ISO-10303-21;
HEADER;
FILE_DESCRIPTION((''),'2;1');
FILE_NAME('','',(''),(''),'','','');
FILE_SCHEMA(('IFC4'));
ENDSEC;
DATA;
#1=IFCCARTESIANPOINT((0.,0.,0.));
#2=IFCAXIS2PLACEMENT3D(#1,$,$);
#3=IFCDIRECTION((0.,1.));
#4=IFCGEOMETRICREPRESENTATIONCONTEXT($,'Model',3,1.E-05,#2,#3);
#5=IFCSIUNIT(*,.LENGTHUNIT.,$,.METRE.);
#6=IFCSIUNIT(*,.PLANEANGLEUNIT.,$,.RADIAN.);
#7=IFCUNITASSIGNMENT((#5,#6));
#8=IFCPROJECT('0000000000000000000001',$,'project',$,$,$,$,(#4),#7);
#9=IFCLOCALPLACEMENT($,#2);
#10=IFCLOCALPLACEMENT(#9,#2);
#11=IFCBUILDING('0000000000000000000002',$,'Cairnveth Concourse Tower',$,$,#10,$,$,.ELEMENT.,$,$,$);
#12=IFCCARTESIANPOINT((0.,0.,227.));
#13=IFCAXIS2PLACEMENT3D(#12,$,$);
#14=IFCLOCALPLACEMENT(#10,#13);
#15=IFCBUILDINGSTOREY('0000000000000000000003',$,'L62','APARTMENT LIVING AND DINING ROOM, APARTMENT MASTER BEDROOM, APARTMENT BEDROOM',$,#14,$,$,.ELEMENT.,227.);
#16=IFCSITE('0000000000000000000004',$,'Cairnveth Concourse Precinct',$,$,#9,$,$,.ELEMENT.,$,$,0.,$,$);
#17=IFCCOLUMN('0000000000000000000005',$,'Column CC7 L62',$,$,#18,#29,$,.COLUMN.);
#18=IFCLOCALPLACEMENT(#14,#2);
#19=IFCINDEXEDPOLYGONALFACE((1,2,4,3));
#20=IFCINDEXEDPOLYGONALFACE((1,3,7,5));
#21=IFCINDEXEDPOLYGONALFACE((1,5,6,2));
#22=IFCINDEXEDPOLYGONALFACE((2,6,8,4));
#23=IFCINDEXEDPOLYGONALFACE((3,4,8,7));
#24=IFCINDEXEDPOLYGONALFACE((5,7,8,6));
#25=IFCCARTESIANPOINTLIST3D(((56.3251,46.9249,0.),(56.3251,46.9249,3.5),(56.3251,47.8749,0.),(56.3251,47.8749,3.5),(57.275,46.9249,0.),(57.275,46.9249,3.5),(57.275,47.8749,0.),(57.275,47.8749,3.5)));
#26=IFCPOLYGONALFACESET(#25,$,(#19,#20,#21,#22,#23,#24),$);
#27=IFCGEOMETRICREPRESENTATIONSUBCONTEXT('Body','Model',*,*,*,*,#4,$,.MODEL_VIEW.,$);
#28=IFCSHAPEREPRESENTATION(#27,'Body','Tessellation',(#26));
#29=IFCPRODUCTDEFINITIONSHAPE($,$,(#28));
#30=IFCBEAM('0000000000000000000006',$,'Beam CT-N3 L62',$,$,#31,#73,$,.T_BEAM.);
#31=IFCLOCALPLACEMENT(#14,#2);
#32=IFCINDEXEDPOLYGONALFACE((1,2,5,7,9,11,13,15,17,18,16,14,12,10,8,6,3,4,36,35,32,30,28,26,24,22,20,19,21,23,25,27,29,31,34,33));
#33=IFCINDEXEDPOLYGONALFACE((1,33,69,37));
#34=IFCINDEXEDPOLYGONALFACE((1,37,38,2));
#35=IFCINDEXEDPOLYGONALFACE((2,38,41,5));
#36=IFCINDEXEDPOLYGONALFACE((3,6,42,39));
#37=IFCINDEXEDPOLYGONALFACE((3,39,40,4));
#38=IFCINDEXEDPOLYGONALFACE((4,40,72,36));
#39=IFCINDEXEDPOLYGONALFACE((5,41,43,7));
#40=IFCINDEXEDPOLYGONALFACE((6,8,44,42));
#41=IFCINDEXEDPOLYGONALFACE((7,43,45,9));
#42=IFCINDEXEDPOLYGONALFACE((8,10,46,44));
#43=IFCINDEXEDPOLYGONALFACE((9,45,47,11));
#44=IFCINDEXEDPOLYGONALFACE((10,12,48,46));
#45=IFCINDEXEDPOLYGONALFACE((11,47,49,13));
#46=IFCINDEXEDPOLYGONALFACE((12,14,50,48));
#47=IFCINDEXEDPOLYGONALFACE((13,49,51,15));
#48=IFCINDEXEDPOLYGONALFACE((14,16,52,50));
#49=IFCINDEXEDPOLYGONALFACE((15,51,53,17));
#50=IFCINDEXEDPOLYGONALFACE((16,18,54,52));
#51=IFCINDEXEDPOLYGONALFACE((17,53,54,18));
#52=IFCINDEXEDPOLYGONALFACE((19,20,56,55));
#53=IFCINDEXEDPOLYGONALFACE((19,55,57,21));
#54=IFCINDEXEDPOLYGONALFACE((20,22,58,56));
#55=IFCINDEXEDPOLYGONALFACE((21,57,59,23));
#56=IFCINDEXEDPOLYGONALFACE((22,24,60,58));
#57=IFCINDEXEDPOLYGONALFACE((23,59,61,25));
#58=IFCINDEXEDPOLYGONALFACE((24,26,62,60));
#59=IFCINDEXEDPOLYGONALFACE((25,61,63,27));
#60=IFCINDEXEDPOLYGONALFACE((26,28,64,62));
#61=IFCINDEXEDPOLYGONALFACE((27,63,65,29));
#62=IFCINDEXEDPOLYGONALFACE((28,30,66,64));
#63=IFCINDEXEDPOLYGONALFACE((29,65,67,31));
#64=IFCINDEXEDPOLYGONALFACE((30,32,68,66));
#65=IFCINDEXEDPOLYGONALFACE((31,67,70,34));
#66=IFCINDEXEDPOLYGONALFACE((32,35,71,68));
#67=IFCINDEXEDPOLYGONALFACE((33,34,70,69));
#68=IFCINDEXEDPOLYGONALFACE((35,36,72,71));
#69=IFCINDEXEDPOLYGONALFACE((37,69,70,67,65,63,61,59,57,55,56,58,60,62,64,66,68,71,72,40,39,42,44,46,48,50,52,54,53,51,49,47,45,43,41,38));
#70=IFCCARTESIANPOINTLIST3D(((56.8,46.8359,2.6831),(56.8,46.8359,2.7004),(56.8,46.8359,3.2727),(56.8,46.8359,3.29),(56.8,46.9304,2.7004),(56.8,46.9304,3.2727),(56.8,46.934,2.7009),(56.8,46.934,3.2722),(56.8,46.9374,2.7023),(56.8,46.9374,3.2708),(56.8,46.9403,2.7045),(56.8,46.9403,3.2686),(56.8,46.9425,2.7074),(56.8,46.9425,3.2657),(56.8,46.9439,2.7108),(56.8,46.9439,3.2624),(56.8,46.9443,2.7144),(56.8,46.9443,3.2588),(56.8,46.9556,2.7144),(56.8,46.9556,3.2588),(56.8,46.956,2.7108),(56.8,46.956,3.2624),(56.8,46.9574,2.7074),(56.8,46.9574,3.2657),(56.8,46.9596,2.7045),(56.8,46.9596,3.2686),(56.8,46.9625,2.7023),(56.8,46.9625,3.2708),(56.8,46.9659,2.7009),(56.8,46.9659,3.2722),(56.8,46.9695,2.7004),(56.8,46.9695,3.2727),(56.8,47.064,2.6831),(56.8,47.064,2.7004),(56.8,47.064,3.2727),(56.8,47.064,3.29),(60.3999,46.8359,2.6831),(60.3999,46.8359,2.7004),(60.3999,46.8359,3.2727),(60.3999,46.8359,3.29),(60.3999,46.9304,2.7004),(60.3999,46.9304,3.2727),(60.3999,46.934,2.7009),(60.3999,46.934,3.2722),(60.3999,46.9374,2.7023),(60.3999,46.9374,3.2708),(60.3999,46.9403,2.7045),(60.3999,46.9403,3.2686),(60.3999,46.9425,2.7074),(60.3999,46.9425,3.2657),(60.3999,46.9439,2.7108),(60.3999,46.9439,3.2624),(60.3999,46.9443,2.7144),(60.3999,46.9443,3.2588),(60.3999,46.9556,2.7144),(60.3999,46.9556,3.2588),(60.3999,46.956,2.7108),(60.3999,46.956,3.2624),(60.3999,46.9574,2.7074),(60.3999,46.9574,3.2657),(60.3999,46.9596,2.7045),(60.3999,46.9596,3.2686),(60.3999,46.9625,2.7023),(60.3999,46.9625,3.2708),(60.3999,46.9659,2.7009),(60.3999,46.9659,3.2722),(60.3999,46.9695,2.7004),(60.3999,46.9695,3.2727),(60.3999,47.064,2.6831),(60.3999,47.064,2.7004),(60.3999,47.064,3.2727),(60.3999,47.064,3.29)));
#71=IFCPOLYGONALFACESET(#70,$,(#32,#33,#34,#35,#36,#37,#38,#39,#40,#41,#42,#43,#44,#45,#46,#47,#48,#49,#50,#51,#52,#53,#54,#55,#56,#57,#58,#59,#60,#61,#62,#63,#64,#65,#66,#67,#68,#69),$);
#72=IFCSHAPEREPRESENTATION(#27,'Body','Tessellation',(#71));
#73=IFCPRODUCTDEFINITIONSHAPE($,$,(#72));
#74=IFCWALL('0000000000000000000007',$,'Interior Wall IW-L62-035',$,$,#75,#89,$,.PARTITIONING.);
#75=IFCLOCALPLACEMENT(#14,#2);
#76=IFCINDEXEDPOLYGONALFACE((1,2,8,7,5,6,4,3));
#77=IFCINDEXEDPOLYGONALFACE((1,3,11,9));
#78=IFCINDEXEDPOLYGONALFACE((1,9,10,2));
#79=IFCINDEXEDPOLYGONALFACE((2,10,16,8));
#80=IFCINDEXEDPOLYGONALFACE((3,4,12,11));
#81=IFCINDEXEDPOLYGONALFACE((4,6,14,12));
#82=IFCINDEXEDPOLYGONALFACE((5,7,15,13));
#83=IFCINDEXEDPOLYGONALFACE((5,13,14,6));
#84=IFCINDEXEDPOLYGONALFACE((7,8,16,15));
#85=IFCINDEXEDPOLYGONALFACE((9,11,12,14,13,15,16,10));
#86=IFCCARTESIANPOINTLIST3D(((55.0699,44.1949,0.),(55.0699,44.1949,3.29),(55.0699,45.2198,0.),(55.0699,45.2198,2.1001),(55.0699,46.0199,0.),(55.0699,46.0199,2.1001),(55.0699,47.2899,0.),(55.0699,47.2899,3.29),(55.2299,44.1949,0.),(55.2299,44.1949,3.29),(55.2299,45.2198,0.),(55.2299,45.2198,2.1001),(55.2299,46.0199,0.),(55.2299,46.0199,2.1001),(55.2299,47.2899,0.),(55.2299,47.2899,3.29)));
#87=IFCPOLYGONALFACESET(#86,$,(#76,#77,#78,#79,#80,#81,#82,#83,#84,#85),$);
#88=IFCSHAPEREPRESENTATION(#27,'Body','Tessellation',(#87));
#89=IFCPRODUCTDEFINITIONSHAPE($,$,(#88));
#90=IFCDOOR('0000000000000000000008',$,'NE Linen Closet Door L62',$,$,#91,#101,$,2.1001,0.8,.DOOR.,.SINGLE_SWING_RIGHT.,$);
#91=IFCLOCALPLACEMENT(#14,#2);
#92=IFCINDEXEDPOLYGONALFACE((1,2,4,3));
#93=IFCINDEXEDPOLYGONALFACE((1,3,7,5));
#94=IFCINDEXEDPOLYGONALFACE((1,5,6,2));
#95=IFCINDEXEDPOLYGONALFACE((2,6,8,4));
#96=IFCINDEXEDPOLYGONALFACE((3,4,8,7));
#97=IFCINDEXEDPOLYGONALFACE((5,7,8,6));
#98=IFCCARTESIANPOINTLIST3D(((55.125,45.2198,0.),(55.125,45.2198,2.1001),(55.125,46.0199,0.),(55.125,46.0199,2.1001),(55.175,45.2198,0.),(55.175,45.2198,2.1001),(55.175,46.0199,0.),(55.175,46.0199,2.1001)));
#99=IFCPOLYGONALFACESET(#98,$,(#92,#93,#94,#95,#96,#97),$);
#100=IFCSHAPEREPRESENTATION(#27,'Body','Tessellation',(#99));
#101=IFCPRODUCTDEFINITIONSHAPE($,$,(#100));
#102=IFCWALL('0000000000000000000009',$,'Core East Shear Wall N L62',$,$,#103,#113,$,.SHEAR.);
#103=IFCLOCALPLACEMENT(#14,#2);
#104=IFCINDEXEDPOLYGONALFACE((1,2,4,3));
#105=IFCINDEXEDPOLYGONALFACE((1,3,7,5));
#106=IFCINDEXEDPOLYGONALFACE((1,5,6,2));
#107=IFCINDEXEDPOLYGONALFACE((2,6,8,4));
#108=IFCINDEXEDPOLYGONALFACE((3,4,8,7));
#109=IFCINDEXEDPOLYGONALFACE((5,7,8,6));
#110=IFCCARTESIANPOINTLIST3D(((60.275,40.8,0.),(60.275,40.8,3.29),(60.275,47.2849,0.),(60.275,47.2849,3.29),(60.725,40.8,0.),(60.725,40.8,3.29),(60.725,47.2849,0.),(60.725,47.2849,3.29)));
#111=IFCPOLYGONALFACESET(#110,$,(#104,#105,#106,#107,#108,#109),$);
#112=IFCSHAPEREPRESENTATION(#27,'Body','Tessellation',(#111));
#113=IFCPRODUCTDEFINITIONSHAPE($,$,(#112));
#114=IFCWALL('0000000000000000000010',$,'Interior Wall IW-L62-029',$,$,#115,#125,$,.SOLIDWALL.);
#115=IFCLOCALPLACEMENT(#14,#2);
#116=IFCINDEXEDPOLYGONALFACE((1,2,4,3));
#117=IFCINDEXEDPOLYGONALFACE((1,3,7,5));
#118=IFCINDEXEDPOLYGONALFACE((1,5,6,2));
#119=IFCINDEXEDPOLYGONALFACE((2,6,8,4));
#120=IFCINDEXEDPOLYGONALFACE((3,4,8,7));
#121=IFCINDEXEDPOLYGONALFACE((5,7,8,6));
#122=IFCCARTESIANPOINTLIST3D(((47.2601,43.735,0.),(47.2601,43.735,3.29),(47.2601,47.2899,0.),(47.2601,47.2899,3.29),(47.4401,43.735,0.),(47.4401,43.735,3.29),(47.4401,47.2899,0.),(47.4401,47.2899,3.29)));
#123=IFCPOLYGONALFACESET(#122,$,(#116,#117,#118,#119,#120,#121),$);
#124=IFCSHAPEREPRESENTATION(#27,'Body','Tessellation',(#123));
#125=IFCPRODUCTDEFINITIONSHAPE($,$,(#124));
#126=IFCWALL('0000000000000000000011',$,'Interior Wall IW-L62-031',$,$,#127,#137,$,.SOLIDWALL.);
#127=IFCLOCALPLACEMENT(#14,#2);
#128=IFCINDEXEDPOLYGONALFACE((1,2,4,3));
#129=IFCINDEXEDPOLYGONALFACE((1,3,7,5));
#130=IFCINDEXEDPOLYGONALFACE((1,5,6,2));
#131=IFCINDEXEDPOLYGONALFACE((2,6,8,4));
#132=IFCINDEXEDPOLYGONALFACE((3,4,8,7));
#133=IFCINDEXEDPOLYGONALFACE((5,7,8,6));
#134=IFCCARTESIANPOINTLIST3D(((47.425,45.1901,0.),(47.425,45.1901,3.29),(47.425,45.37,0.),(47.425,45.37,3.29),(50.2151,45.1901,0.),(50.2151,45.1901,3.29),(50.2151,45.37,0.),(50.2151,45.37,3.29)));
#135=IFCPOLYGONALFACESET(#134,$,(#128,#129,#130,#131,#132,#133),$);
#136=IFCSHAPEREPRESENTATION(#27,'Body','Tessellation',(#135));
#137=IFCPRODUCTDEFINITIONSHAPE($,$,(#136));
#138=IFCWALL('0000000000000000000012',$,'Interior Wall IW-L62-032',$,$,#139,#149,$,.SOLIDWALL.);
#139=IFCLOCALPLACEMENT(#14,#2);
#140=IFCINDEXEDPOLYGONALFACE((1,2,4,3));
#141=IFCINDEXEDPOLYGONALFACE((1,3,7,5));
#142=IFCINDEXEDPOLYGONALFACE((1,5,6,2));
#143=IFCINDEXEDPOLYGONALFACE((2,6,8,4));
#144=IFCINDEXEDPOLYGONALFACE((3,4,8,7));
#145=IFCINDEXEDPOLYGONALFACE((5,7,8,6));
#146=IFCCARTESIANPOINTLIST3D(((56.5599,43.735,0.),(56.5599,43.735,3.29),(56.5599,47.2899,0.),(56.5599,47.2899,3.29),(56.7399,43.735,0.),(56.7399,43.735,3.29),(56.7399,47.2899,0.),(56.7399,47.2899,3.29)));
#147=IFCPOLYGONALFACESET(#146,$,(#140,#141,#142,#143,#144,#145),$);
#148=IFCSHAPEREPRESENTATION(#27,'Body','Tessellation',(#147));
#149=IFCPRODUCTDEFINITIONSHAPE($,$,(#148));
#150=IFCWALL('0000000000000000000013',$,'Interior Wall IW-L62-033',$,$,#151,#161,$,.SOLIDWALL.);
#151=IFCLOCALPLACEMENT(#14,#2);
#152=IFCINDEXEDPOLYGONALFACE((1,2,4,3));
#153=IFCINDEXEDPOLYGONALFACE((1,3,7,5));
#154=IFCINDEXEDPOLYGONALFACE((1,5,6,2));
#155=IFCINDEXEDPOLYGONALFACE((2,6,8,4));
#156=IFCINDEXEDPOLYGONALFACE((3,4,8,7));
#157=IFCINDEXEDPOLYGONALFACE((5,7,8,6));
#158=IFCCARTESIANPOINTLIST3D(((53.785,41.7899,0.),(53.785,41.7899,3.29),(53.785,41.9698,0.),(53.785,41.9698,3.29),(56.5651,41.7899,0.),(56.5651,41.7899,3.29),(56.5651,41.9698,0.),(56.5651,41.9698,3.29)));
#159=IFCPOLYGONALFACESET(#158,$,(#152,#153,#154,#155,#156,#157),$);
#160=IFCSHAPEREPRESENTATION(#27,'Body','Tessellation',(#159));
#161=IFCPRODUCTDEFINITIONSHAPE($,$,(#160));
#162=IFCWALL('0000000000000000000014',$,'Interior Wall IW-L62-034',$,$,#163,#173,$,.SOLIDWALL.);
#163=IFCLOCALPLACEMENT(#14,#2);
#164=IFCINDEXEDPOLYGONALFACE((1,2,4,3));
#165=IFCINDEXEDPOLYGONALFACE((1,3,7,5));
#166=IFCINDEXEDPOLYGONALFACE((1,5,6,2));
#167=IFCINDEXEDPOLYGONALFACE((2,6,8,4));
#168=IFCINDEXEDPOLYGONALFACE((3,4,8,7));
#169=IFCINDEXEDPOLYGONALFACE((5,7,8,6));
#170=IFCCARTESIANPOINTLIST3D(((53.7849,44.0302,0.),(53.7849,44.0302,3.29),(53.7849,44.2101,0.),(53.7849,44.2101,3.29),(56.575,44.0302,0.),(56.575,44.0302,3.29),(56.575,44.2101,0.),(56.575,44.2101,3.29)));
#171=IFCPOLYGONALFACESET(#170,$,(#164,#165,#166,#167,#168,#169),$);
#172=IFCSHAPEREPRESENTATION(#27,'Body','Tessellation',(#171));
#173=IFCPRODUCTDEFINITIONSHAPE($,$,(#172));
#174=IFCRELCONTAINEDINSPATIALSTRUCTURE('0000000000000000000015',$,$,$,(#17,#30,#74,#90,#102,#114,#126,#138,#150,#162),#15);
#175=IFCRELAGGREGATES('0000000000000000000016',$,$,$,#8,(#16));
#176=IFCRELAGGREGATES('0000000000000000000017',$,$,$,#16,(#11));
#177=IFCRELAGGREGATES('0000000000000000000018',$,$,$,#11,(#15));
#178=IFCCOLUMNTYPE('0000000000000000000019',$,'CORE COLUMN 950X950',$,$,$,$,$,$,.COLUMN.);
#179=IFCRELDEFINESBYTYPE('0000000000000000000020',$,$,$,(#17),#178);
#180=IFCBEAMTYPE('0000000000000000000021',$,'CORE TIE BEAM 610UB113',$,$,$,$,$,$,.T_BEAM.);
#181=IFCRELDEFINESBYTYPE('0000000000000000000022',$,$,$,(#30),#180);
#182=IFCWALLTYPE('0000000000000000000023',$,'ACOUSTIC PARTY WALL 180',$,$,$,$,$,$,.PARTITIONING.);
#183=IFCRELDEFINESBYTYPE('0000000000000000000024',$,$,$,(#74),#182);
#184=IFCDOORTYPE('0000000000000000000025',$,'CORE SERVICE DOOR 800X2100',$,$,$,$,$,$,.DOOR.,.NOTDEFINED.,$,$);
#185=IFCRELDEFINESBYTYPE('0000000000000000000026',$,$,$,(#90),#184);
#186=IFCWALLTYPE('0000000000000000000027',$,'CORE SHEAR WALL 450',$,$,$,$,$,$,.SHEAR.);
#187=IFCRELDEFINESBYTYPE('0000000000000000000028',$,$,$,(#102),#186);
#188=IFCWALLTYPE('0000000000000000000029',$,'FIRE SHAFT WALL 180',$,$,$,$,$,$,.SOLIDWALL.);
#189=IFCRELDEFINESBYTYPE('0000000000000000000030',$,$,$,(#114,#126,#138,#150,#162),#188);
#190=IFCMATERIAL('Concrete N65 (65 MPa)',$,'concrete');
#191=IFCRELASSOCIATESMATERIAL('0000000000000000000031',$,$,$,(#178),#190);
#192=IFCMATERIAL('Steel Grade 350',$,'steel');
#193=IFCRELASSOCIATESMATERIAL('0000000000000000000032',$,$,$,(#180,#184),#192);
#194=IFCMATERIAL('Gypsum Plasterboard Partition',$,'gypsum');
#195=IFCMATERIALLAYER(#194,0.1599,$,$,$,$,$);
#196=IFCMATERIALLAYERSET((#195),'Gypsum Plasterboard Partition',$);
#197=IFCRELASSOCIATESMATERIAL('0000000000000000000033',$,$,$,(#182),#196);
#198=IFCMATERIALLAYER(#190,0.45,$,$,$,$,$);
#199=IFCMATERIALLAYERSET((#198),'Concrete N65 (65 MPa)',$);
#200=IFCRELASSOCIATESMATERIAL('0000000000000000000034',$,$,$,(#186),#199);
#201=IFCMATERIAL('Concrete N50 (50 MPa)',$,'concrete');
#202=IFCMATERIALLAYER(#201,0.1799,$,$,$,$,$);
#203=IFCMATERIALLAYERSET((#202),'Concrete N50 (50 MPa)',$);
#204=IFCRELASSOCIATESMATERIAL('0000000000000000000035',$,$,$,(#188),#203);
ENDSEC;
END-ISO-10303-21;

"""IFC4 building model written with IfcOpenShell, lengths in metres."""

from ifc_helpers import new_model, si_unit, direction, frame, frame_2d, origin, origin_2d, place, context, subcontext, project, spatial, rectangle, i_section, extrude, material, layer, layer_set, material_profile, profile_set, type_object, element, fill, save


model = new_model("IFC4")

# Units and contexts
model_context = context("Model", 3, precision=1e-05, world=origin(), true_north=direction((0.0, 1.0)))
body_context = subcontext(model_context, "Body", "Model", "MODEL_VIEW")
ifc_project = project(units=[si_unit("LENGTHUNIT", "METRE"), si_unit("PLANEANGLEUNIT", "RADIAN")], contexts=[model_context])

# Site, building, storey
site_placement = place(None, origin())
site = spatial("IfcSite", under=ifc_project, at=site_placement, Name="Cairnveth Concourse Precinct", CompositionType="ELEMENT", RefElevation=0.0)
building_placement = place(site_placement, origin())
building = spatial("IfcBuilding", under=site, at=building_placement, Name="Cairnveth Concourse Tower", CompositionType="ELEMENT")
storey_placement = place(building_placement, frame((0.0, 0.0, 227.0)))
storey = spatial("IfcBuildingStorey", under=building, at=storey_placement, Name="L62", Description="APARTMENT LIVING AND DINING ROOM, APARTMENT MASTER BEDROOM, APARTMENT BEDROOM", CompositionType="ELEMENT", Elevation=227.0)

# Column
ifc_material_1 = material(Name="Concrete N65 (65 MPa)", Category="concrete")
ifc_material_profile_1 = material_profile(ifc_material_1, rectangle(XDim=0.95, YDim=0.95, at=origin_2d()), Name="RC-COL-950x950")
ifc_profile_set_1 = profile_set([ifc_material_profile_1], Name="Concrete N65 (65 MPa)")
column_type = type_object("IfcColumnType", Name="CORE COLUMN 950X950", PredefinedType="COLUMN", material=ifc_profile_set_1)
column_placement = place(storey_placement, frame((56.8, 47.3999, 0.0), z_axis=(0.0, 0.0, 1.0), x_axis=(1.0, 0.0, 0.0)))
element("IfcColumn", 1, at=column_placement, inside=storey, type_object=column_type, Name="Column CC7 L62", PredefinedType="COLUMN", context=body_context, shape_type="SweptSolid", body=[
    extrude(rectangle(XDim=0.95, YDim=0.95, at=origin_2d()), origin(), (0.0, 0.0, 1.0), 3.5),
])

# Beam
ifc_material_2 = material(Name="Steel Grade 350", Category="steel")
ifc_material_profile_2 = material_profile(ifc_material_2, i_section(OverallWidth=0.228, OverallDepth=0.6069, WebThickness=0.0112, FlangeThickness=0.0173, FilletRadius=0.0139, at=origin_2d()), Name="610UB113")
ifc_profile_set_2 = profile_set([ifc_material_profile_2], Name="Steel Grade 350")
beam_type = type_object("IfcBeamType", Name="CORE TIE BEAM 610UB113", PredefinedType="T_BEAM", material=ifc_profile_set_2)
beam_placement = place(storey_placement, frame((56.8, 46.95, 2.9866), z_axis=(1.0, 0.0, 0.0), x_axis=(0.0, 1.0, 0.0)))
element("IfcBeam", 2, at=beam_placement, inside=storey, type_object=beam_type, Name="Beam CT-N3 L62", PredefinedType="T_BEAM", context=body_context, shape_type="SweptSolid", body=[
    extrude(i_section(OverallWidth=0.228, OverallDepth=0.6069, WebThickness=0.0112, FlangeThickness=0.0173, FilletRadius=0.0139, at=origin_2d()), origin(), (0.0, 0.0, 1.0), 3.5999),
])

# Wall, opening, door
ifc_material_3 = material(Name="Gypsum Plasterboard Partition", Category="gypsum")
ifc_layer_1 = layer(ifc_material_3, 0.1599)
ifc_layer_set_1 = layer_set([ifc_layer_1], Name="Gypsum Plasterboard Partition")
wall_type_1 = type_object("IfcWallType", Name="ACOUSTIC PARTY WALL 180", PredefinedType="PARTITIONING", material=ifc_layer_set_1)
wall_1_placement = place(storey_placement, frame((55.1499, 44.1951, 0.0), z_axis=(0.0, 0.0, 1.0), x_axis=(0.0, 1.0, 0.0)))
wall_1 = element("IfcWall", 3, at=wall_1_placement, inside=storey, type_object=wall_type_1, Name="Interior Wall IW-L62-035", PredefinedType="PARTITIONING", context=body_context, shape_type="SweptSolid", body=[
    extrude(rectangle(XDim=3.095, YDim=0.1599, at=frame_2d((1.5474, 0.0))), origin(), (0.0, 0.0, 1.0), 3.29),
])
opening_1_placement = place(wall_1_placement, frame((1.0249, 0.0, 0.0)))
opening_1 = element("IfcOpeningElement", 4, at=opening_1_placement, cuts=wall_1, PredefinedType="OPENING", context=body_context, shape_type="SweptSolid", body=[
    extrude(rectangle(XDim=0.8, YDim=2.1001, at=frame_2d((0.3999, 1.05))), frame((0.0, 0.0898, 0.0), z_axis=(0.0, -1.0, 0.0), x_axis=(1.0, 0.0, 0.0)), (0.0, 0.0, 1.0), 0.1799),
])
door_type_1 = type_object("IfcDoorType", Name="CORE SERVICE DOOR 800X2100", OperationType="NOTDEFINED", PredefinedType="DOOR", material=ifc_material_2)
door_1_placement = place(opening_1_placement, origin())
door_1 = element("IfcDoor", 5, at=door_1_placement, inside=storey, type_object=door_type_1, Name="NE Linen Closet Door L62", OperationType="SINGLE_SWING_RIGHT", OverallHeight=2.1001, OverallWidth=0.8, PredefinedType="DOOR", context=body_context, shape_type="SweptSolid", body=[
    extrude(rectangle(XDim=0.8, YDim=2.1001, at=frame_2d((0.3999, 1.05))), frame((0.0, 0.0249, 0.0), z_axis=(0.0, -1.0, 0.0), x_axis=(1.0, 0.0, 0.0)), (0.0, 0.0, 1.0), 0.05),
])
fill(opening_1, door_1)

# Walls
ifc_layer_2 = layer(ifc_material_1, 0.45)
ifc_layer_set_2 = layer_set([ifc_layer_2], Name="Concrete N65 (65 MPa)")
wall_type_2 = type_object("IfcWallType", Name="CORE SHEAR WALL 450", PredefinedType="SHEAR", material=ifc_layer_set_2)
wall_2_placement = place(storey_placement, frame((60.5, 40.8, 0.0), z_axis=(0.0, 0.0, 1.0), x_axis=(0.0, 1.0, 0.0)))
element("IfcWall", 6, at=wall_2_placement, inside=storey, type_object=wall_type_2, Name="Core East Shear Wall N L62", PredefinedType="SHEAR", context=body_context, shape_type="SweptSolid", body=[
    extrude(rectangle(XDim=6.4849, YDim=0.45, at=frame_2d((3.2424, 0.0))), origin(), (0.0, 0.0, 1.0), 3.29),
])
ifc_material_4 = material(Name="Concrete N50 (50 MPa)", Category="concrete")
ifc_layer_3 = layer(ifc_material_4, 0.1799)
ifc_layer_set_3 = layer_set([ifc_layer_3], Name="Concrete N50 (50 MPa)")
wall_type_3 = type_object("IfcWallType", Name="FIRE SHAFT WALL 180", PredefinedType="SOLIDWALL", material=ifc_layer_set_3)
wall_3_placement = place(storey_placement, frame((47.3501, 43.7351, 0.0), z_axis=(0.0, 0.0, 1.0), x_axis=(0.0, 1.0, 0.0)))
element("IfcWall", 7, at=wall_3_placement, inside=storey, type_object=wall_type_3, Name="Interior Wall IW-L62-029", PredefinedType="SOLIDWALL", context=body_context, shape_type="SweptSolid", body=[
    extrude(rectangle(XDim=3.5549, YDim=0.1799, at=frame_2d((1.7773, 0.0))), origin(), (0.0, 0.0, 1.0), 3.29),
])
wall_4_placement = place(storey_placement, frame((47.425, 45.28, 0.0), z_axis=(0.0, 0.0, 1.0), x_axis=(1.0, 0.0, 0.0)))
element("IfcWall", 8, at=wall_4_placement, inside=storey, type_object=wall_type_3, Name="Interior Wall IW-L62-031", PredefinedType="SOLIDWALL", context=body_context, shape_type="SweptSolid", body=[
    extrude(rectangle(XDim=2.79, YDim=0.1799, at=frame_2d((1.395, 0.0))), origin(), (0.0, 0.0, 1.0), 3.29),
])
wall_5_placement = place(storey_placement, frame((56.6499, 43.7351, 0.0), z_axis=(0.0, 0.0, 1.0), x_axis=(0.0, 1.0, 0.0)))
element("IfcWall", 9, at=wall_5_placement, inside=storey, type_object=wall_type_3, Name="Interior Wall IW-L62-032", PredefinedType="SOLIDWALL", context=body_context, shape_type="SweptSolid", body=[
    extrude(rectangle(XDim=3.5549, YDim=0.1799, at=frame_2d((1.7773, 0.0))), origin(), (0.0, 0.0, 1.0), 3.29),
])
wall_6_placement = place(storey_placement, frame((53.7849, 41.8799, 0.0), z_axis=(0.0, 0.0, 1.0), x_axis=(1.0, 0.0, 0.0)))
element("IfcWall", 10, at=wall_6_placement, inside=storey, type_object=wall_type_3, Name="Interior Wall IW-L62-033", PredefinedType="SOLIDWALL", context=body_context, shape_type="SweptSolid", body=[
    extrude(rectangle(XDim=2.78, YDim=0.1799, at=frame_2d((1.3901, 0.0))), origin(), (0.0, 0.0, 1.0), 3.29),
])
wall_7_placement = place(storey_placement, frame((53.7849, 44.1201, 0.0), z_axis=(0.0, 0.0, 1.0), x_axis=(1.0, 0.0, 0.0)))
element("IfcWall", 11, at=wall_7_placement, inside=storey, type_object=wall_type_3, Name="Interior Wall IW-L62-034", PredefinedType="SOLIDWALL", context=body_context, shape_type="SweptSolid", body=[
    extrude(rectangle(XDim=2.79, YDim=0.1799, at=frame_2d((1.395, 0.0))), origin(), (0.0, 0.0, 1.0), 3.29),
])

save(model, "model.ifc")
